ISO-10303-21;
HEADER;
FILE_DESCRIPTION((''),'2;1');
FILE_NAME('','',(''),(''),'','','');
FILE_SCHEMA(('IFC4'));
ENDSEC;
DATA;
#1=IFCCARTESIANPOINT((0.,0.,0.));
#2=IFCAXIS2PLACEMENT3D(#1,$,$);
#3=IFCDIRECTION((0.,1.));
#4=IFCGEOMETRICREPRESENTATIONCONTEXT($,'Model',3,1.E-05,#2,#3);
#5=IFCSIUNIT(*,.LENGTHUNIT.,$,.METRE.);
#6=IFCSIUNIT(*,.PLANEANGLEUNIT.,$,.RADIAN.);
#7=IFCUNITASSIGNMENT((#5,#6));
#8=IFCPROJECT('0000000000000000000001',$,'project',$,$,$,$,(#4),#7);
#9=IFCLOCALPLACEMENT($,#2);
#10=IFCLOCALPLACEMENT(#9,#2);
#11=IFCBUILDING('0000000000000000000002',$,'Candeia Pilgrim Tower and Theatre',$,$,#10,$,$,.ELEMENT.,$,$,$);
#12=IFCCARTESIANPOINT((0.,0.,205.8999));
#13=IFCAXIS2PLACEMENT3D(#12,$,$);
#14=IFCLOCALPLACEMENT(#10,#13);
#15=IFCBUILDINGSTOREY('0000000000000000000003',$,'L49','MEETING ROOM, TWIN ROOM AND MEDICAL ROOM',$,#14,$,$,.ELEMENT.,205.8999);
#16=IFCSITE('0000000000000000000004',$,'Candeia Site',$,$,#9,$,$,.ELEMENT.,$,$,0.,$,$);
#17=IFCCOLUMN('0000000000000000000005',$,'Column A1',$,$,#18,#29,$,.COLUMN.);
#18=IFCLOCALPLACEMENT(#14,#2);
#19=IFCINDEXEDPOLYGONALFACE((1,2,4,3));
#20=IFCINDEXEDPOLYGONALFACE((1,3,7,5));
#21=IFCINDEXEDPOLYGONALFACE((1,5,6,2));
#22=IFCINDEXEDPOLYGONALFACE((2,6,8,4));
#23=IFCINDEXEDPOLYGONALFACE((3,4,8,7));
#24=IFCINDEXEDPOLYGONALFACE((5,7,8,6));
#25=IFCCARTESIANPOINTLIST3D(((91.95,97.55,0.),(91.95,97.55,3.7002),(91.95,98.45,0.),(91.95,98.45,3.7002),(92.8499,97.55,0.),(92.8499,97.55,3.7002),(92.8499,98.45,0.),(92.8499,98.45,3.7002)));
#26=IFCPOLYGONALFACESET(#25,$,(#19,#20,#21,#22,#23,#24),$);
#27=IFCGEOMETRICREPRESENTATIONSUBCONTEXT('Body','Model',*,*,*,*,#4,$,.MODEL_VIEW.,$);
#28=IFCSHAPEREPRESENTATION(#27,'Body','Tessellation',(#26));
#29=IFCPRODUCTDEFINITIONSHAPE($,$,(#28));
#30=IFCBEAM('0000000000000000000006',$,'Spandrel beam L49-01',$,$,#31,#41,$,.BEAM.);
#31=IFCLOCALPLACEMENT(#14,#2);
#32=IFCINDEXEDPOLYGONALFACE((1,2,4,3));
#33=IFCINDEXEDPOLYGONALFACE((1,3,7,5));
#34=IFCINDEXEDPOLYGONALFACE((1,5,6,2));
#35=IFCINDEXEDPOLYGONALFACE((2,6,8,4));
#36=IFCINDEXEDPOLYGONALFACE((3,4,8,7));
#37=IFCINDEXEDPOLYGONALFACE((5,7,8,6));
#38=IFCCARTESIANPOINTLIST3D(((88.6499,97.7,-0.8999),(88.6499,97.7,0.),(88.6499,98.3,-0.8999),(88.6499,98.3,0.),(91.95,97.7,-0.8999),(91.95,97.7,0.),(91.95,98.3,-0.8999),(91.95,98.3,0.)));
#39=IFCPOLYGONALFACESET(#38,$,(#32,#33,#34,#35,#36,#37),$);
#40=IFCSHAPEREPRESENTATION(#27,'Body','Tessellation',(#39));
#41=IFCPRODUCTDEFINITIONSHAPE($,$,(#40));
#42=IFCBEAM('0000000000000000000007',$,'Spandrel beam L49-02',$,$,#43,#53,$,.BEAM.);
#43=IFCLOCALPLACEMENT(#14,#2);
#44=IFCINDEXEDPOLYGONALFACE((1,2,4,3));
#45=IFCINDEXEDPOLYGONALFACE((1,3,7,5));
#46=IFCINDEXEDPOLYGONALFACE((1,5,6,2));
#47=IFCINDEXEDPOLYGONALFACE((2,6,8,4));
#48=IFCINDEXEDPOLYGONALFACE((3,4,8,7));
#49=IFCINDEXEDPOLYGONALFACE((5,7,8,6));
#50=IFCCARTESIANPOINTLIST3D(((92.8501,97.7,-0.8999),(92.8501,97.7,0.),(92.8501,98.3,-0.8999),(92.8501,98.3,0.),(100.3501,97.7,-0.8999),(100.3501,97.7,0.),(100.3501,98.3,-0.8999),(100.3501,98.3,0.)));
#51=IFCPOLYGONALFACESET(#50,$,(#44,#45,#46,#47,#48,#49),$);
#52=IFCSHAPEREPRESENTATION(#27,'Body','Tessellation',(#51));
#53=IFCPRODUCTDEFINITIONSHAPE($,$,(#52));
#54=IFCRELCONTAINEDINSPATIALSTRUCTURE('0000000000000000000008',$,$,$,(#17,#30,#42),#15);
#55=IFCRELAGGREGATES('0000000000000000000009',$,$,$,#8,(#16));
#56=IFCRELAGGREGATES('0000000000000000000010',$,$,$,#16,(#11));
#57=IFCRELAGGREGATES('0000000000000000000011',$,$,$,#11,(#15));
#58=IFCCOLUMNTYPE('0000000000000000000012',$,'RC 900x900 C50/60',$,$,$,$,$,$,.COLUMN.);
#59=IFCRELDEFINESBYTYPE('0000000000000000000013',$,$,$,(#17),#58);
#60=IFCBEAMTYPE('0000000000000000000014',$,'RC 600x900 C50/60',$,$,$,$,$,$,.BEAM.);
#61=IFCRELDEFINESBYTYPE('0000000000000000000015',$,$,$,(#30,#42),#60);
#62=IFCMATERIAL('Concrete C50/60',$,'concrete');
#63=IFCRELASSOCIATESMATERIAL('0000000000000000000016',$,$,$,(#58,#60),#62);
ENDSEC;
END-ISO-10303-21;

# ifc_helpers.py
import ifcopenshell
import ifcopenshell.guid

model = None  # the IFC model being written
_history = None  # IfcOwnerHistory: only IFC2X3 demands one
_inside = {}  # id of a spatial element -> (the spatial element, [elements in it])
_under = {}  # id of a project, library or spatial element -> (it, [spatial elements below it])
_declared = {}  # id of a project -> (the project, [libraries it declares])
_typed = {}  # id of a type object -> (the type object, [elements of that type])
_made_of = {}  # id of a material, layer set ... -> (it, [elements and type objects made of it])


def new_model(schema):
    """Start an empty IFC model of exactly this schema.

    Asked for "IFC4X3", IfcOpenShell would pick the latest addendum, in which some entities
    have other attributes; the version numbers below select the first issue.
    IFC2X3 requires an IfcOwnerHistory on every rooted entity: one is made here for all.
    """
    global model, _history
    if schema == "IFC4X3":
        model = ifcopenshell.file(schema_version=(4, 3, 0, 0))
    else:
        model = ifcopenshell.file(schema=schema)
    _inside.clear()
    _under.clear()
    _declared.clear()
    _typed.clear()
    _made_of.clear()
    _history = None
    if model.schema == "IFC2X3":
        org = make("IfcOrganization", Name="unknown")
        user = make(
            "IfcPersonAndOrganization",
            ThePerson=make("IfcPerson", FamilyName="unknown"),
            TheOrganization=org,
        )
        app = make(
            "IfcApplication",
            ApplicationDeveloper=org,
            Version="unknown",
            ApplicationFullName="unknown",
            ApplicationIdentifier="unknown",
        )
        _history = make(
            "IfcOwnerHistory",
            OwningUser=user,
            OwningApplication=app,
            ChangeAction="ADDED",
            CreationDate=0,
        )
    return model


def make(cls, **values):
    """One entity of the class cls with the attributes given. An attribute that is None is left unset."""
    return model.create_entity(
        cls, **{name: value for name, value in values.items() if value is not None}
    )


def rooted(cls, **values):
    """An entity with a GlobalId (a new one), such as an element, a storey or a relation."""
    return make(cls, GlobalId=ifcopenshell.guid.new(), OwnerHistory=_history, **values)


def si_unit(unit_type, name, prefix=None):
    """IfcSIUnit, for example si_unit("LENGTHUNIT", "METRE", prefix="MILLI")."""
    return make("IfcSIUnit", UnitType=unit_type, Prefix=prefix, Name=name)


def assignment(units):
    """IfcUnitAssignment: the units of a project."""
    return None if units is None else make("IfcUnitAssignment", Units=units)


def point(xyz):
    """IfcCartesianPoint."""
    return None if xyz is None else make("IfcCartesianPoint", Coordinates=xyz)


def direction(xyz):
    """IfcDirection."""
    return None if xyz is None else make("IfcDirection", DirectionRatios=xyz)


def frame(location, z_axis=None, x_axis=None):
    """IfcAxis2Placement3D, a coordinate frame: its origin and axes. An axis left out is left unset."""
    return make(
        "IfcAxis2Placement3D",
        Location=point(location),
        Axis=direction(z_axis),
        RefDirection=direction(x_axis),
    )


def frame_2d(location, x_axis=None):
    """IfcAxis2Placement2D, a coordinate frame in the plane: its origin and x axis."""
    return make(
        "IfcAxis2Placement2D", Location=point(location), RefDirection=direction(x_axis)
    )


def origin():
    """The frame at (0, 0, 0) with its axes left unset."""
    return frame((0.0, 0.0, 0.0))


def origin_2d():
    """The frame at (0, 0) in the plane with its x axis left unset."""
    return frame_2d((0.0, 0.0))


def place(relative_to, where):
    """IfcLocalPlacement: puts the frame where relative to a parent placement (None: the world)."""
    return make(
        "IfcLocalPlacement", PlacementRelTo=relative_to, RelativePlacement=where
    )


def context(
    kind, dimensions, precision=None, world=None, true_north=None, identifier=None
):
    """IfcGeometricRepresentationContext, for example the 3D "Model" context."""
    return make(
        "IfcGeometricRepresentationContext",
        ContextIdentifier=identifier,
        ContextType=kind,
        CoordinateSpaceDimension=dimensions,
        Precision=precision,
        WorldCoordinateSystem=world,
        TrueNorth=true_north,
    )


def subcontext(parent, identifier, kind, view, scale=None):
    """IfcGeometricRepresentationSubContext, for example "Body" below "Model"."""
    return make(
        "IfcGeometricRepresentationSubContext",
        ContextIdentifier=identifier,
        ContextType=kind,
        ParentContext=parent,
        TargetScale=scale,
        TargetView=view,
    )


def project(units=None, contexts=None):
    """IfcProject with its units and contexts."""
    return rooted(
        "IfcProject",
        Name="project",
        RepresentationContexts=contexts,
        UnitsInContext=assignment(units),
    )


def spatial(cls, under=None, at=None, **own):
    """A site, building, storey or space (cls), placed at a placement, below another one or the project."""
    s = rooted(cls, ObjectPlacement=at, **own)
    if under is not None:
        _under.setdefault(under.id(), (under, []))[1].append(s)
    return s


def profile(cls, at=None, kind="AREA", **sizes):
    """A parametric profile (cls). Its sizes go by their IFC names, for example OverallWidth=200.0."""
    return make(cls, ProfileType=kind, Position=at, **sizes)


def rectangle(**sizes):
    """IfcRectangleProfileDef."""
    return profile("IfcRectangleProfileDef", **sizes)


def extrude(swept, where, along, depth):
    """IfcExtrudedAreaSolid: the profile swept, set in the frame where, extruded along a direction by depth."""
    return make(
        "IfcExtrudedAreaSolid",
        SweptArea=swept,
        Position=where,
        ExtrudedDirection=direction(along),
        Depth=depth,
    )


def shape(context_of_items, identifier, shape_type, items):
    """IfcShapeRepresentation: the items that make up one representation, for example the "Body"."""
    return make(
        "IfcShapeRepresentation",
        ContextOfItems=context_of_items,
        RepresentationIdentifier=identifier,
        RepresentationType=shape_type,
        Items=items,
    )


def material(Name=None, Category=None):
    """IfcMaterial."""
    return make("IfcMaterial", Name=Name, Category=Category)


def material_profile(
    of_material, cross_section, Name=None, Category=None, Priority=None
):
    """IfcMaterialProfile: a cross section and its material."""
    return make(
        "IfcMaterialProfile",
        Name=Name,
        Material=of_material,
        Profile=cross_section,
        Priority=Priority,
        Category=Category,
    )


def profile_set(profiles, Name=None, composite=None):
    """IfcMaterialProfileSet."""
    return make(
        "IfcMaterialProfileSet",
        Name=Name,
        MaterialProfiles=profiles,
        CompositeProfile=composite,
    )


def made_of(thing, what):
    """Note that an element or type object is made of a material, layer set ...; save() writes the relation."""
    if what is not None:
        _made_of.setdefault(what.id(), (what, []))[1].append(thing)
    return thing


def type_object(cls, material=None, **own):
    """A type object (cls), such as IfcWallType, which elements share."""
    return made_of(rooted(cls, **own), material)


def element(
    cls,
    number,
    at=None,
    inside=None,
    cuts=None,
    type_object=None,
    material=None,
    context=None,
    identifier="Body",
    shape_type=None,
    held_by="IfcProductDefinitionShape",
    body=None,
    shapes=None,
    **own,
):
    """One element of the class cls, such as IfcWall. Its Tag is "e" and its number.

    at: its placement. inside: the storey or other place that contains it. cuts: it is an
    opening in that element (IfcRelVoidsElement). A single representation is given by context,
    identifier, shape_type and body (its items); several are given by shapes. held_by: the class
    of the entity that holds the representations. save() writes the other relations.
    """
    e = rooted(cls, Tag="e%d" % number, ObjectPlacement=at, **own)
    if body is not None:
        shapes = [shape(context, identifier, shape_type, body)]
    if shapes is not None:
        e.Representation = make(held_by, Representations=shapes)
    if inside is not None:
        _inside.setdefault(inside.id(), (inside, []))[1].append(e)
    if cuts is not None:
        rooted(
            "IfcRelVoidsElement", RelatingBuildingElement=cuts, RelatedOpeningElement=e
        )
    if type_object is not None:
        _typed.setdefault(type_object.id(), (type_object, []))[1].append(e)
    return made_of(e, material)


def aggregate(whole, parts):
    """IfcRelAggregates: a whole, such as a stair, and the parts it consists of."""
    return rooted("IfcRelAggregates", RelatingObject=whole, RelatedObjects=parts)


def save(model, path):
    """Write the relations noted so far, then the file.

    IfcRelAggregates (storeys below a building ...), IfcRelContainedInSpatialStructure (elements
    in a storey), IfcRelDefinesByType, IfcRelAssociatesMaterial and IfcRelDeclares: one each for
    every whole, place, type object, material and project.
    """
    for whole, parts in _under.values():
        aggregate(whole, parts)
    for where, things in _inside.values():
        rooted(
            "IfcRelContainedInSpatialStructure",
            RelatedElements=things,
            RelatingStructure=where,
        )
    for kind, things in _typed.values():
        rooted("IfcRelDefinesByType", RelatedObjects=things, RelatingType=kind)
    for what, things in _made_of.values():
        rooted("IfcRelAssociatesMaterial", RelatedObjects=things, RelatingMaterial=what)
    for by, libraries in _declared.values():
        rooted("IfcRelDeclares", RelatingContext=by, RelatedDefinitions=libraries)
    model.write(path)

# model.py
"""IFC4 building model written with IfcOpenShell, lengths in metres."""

from ifc_helpers import new_model, si_unit, direction, frame, origin, origin_2d, place, context, subcontext, project, spatial, rectangle, extrude, material, material_profile, profile_set, type_object, element, save


model = new_model("IFC4")

# Units and contexts
model_context = context("Model", 3, precision=1e-05, world=origin(), true_north=direction((0.0, 1.0)))
body_context = subcontext(model_context, "Body", "Model", "MODEL_VIEW")
ifc_project = project(units=[si_unit("LENGTHUNIT", "METRE"), si_unit("PLANEANGLEUNIT", "RADIAN")], contexts=[model_context])

# Site, building, storey
site_placement = place(None, origin())
site = spatial("IfcSite", under=ifc_project, at=site_placement, Name="Candeia Site", CompositionType="ELEMENT", RefElevation=0.0)
building_placement = place(site_placement, origin())
building = spatial("IfcBuilding", under=site, at=building_placement, Name="Candeia Pilgrim Tower and Theatre", CompositionType="ELEMENT")
storey_placement = place(building_placement, frame((0.0, 0.0, 205.8999)))
storey = spatial("IfcBuildingStorey", under=building, at=storey_placement, Name="L49", Description="MEETING ROOM, TWIN ROOM AND MEDICAL ROOM", CompositionType="ELEMENT", Elevation=205.8999)

# Column
ifc_material_1 = material(Name="Concrete C50/60", Category="concrete")
ifc_material_profile_1 = material_profile(ifc_material_1, rectangle(XDim=0.8999, YDim=0.8999, at=origin_2d()))
ifc_profile_set_1 = profile_set([ifc_material_profile_1], Name="Concrete C50/60")
column_type = type_object("IfcColumnType", Name="RC 900x900 C50/60", PredefinedType="COLUMN", material=ifc_profile_set_1)
column_placement = place(storey_placement, frame((92.3999, 98.0, 0.0), z_axis=(0.0, 0.0, 1.0), x_axis=(1.0, 0.0, 0.0)))
element("IfcColumn", 1, at=column_placement, inside=storey, type_object=column_type, Name="Column A1", PredefinedType="COLUMN", context=body_context, shape_type="SweptSolid", body=[
    extrude(rectangle(XDim=0.8999, YDim=0.8999, at=origin_2d()), origin(), (0.0, 0.0, 1.0), 3.7002),
])

# Beams
ifc_material_profile_2 = material_profile(ifc_material_1, rectangle(XDim=0.6001, YDim=0.8999, at=origin_2d()))
ifc_profile_set_2 = profile_set([ifc_material_profile_2], Name="Concrete C50/60")
beam_type = type_object("IfcBeamType", Name="RC 600x900 C50/60", PredefinedType="BEAM", material=ifc_profile_set_2)
beam_1_placement = place(storey_placement, frame((88.6499, 98.0, -0.45), z_axis=(1.0, 0.0, 0.0), x_axis=(0.0, 1.0, 0.0)))
element("IfcBeam", 2, at=beam_1_placement, inside=storey, type_object=beam_type, Name="Spandrel beam L49-01", PredefinedType="BEAM", context=body_context, shape_type="SweptSolid", body=[
    extrude(rectangle(XDim=0.6001, YDim=0.8999, at=origin_2d()), origin(), (0.0, 0.0, 1.0), 3.3),
])
beam_2_placement = place(storey_placement, frame((92.8501, 98.0, -0.45), z_axis=(1.0, 0.0, 0.0), x_axis=(0.0, 1.0, 0.0)))
element("IfcBeam", 3, at=beam_2_placement, inside=storey, type_object=beam_type, Name="Spandrel beam L49-02", PredefinedType="BEAM", context=body_context, shape_type="SweptSolid", body=[
    extrude(rectangle(XDim=0.6001, YDim=0.8999, at=origin_2d()), origin(), (0.0, 0.0, 1.0), 7.5),
])

save(model, "model.ifc")
